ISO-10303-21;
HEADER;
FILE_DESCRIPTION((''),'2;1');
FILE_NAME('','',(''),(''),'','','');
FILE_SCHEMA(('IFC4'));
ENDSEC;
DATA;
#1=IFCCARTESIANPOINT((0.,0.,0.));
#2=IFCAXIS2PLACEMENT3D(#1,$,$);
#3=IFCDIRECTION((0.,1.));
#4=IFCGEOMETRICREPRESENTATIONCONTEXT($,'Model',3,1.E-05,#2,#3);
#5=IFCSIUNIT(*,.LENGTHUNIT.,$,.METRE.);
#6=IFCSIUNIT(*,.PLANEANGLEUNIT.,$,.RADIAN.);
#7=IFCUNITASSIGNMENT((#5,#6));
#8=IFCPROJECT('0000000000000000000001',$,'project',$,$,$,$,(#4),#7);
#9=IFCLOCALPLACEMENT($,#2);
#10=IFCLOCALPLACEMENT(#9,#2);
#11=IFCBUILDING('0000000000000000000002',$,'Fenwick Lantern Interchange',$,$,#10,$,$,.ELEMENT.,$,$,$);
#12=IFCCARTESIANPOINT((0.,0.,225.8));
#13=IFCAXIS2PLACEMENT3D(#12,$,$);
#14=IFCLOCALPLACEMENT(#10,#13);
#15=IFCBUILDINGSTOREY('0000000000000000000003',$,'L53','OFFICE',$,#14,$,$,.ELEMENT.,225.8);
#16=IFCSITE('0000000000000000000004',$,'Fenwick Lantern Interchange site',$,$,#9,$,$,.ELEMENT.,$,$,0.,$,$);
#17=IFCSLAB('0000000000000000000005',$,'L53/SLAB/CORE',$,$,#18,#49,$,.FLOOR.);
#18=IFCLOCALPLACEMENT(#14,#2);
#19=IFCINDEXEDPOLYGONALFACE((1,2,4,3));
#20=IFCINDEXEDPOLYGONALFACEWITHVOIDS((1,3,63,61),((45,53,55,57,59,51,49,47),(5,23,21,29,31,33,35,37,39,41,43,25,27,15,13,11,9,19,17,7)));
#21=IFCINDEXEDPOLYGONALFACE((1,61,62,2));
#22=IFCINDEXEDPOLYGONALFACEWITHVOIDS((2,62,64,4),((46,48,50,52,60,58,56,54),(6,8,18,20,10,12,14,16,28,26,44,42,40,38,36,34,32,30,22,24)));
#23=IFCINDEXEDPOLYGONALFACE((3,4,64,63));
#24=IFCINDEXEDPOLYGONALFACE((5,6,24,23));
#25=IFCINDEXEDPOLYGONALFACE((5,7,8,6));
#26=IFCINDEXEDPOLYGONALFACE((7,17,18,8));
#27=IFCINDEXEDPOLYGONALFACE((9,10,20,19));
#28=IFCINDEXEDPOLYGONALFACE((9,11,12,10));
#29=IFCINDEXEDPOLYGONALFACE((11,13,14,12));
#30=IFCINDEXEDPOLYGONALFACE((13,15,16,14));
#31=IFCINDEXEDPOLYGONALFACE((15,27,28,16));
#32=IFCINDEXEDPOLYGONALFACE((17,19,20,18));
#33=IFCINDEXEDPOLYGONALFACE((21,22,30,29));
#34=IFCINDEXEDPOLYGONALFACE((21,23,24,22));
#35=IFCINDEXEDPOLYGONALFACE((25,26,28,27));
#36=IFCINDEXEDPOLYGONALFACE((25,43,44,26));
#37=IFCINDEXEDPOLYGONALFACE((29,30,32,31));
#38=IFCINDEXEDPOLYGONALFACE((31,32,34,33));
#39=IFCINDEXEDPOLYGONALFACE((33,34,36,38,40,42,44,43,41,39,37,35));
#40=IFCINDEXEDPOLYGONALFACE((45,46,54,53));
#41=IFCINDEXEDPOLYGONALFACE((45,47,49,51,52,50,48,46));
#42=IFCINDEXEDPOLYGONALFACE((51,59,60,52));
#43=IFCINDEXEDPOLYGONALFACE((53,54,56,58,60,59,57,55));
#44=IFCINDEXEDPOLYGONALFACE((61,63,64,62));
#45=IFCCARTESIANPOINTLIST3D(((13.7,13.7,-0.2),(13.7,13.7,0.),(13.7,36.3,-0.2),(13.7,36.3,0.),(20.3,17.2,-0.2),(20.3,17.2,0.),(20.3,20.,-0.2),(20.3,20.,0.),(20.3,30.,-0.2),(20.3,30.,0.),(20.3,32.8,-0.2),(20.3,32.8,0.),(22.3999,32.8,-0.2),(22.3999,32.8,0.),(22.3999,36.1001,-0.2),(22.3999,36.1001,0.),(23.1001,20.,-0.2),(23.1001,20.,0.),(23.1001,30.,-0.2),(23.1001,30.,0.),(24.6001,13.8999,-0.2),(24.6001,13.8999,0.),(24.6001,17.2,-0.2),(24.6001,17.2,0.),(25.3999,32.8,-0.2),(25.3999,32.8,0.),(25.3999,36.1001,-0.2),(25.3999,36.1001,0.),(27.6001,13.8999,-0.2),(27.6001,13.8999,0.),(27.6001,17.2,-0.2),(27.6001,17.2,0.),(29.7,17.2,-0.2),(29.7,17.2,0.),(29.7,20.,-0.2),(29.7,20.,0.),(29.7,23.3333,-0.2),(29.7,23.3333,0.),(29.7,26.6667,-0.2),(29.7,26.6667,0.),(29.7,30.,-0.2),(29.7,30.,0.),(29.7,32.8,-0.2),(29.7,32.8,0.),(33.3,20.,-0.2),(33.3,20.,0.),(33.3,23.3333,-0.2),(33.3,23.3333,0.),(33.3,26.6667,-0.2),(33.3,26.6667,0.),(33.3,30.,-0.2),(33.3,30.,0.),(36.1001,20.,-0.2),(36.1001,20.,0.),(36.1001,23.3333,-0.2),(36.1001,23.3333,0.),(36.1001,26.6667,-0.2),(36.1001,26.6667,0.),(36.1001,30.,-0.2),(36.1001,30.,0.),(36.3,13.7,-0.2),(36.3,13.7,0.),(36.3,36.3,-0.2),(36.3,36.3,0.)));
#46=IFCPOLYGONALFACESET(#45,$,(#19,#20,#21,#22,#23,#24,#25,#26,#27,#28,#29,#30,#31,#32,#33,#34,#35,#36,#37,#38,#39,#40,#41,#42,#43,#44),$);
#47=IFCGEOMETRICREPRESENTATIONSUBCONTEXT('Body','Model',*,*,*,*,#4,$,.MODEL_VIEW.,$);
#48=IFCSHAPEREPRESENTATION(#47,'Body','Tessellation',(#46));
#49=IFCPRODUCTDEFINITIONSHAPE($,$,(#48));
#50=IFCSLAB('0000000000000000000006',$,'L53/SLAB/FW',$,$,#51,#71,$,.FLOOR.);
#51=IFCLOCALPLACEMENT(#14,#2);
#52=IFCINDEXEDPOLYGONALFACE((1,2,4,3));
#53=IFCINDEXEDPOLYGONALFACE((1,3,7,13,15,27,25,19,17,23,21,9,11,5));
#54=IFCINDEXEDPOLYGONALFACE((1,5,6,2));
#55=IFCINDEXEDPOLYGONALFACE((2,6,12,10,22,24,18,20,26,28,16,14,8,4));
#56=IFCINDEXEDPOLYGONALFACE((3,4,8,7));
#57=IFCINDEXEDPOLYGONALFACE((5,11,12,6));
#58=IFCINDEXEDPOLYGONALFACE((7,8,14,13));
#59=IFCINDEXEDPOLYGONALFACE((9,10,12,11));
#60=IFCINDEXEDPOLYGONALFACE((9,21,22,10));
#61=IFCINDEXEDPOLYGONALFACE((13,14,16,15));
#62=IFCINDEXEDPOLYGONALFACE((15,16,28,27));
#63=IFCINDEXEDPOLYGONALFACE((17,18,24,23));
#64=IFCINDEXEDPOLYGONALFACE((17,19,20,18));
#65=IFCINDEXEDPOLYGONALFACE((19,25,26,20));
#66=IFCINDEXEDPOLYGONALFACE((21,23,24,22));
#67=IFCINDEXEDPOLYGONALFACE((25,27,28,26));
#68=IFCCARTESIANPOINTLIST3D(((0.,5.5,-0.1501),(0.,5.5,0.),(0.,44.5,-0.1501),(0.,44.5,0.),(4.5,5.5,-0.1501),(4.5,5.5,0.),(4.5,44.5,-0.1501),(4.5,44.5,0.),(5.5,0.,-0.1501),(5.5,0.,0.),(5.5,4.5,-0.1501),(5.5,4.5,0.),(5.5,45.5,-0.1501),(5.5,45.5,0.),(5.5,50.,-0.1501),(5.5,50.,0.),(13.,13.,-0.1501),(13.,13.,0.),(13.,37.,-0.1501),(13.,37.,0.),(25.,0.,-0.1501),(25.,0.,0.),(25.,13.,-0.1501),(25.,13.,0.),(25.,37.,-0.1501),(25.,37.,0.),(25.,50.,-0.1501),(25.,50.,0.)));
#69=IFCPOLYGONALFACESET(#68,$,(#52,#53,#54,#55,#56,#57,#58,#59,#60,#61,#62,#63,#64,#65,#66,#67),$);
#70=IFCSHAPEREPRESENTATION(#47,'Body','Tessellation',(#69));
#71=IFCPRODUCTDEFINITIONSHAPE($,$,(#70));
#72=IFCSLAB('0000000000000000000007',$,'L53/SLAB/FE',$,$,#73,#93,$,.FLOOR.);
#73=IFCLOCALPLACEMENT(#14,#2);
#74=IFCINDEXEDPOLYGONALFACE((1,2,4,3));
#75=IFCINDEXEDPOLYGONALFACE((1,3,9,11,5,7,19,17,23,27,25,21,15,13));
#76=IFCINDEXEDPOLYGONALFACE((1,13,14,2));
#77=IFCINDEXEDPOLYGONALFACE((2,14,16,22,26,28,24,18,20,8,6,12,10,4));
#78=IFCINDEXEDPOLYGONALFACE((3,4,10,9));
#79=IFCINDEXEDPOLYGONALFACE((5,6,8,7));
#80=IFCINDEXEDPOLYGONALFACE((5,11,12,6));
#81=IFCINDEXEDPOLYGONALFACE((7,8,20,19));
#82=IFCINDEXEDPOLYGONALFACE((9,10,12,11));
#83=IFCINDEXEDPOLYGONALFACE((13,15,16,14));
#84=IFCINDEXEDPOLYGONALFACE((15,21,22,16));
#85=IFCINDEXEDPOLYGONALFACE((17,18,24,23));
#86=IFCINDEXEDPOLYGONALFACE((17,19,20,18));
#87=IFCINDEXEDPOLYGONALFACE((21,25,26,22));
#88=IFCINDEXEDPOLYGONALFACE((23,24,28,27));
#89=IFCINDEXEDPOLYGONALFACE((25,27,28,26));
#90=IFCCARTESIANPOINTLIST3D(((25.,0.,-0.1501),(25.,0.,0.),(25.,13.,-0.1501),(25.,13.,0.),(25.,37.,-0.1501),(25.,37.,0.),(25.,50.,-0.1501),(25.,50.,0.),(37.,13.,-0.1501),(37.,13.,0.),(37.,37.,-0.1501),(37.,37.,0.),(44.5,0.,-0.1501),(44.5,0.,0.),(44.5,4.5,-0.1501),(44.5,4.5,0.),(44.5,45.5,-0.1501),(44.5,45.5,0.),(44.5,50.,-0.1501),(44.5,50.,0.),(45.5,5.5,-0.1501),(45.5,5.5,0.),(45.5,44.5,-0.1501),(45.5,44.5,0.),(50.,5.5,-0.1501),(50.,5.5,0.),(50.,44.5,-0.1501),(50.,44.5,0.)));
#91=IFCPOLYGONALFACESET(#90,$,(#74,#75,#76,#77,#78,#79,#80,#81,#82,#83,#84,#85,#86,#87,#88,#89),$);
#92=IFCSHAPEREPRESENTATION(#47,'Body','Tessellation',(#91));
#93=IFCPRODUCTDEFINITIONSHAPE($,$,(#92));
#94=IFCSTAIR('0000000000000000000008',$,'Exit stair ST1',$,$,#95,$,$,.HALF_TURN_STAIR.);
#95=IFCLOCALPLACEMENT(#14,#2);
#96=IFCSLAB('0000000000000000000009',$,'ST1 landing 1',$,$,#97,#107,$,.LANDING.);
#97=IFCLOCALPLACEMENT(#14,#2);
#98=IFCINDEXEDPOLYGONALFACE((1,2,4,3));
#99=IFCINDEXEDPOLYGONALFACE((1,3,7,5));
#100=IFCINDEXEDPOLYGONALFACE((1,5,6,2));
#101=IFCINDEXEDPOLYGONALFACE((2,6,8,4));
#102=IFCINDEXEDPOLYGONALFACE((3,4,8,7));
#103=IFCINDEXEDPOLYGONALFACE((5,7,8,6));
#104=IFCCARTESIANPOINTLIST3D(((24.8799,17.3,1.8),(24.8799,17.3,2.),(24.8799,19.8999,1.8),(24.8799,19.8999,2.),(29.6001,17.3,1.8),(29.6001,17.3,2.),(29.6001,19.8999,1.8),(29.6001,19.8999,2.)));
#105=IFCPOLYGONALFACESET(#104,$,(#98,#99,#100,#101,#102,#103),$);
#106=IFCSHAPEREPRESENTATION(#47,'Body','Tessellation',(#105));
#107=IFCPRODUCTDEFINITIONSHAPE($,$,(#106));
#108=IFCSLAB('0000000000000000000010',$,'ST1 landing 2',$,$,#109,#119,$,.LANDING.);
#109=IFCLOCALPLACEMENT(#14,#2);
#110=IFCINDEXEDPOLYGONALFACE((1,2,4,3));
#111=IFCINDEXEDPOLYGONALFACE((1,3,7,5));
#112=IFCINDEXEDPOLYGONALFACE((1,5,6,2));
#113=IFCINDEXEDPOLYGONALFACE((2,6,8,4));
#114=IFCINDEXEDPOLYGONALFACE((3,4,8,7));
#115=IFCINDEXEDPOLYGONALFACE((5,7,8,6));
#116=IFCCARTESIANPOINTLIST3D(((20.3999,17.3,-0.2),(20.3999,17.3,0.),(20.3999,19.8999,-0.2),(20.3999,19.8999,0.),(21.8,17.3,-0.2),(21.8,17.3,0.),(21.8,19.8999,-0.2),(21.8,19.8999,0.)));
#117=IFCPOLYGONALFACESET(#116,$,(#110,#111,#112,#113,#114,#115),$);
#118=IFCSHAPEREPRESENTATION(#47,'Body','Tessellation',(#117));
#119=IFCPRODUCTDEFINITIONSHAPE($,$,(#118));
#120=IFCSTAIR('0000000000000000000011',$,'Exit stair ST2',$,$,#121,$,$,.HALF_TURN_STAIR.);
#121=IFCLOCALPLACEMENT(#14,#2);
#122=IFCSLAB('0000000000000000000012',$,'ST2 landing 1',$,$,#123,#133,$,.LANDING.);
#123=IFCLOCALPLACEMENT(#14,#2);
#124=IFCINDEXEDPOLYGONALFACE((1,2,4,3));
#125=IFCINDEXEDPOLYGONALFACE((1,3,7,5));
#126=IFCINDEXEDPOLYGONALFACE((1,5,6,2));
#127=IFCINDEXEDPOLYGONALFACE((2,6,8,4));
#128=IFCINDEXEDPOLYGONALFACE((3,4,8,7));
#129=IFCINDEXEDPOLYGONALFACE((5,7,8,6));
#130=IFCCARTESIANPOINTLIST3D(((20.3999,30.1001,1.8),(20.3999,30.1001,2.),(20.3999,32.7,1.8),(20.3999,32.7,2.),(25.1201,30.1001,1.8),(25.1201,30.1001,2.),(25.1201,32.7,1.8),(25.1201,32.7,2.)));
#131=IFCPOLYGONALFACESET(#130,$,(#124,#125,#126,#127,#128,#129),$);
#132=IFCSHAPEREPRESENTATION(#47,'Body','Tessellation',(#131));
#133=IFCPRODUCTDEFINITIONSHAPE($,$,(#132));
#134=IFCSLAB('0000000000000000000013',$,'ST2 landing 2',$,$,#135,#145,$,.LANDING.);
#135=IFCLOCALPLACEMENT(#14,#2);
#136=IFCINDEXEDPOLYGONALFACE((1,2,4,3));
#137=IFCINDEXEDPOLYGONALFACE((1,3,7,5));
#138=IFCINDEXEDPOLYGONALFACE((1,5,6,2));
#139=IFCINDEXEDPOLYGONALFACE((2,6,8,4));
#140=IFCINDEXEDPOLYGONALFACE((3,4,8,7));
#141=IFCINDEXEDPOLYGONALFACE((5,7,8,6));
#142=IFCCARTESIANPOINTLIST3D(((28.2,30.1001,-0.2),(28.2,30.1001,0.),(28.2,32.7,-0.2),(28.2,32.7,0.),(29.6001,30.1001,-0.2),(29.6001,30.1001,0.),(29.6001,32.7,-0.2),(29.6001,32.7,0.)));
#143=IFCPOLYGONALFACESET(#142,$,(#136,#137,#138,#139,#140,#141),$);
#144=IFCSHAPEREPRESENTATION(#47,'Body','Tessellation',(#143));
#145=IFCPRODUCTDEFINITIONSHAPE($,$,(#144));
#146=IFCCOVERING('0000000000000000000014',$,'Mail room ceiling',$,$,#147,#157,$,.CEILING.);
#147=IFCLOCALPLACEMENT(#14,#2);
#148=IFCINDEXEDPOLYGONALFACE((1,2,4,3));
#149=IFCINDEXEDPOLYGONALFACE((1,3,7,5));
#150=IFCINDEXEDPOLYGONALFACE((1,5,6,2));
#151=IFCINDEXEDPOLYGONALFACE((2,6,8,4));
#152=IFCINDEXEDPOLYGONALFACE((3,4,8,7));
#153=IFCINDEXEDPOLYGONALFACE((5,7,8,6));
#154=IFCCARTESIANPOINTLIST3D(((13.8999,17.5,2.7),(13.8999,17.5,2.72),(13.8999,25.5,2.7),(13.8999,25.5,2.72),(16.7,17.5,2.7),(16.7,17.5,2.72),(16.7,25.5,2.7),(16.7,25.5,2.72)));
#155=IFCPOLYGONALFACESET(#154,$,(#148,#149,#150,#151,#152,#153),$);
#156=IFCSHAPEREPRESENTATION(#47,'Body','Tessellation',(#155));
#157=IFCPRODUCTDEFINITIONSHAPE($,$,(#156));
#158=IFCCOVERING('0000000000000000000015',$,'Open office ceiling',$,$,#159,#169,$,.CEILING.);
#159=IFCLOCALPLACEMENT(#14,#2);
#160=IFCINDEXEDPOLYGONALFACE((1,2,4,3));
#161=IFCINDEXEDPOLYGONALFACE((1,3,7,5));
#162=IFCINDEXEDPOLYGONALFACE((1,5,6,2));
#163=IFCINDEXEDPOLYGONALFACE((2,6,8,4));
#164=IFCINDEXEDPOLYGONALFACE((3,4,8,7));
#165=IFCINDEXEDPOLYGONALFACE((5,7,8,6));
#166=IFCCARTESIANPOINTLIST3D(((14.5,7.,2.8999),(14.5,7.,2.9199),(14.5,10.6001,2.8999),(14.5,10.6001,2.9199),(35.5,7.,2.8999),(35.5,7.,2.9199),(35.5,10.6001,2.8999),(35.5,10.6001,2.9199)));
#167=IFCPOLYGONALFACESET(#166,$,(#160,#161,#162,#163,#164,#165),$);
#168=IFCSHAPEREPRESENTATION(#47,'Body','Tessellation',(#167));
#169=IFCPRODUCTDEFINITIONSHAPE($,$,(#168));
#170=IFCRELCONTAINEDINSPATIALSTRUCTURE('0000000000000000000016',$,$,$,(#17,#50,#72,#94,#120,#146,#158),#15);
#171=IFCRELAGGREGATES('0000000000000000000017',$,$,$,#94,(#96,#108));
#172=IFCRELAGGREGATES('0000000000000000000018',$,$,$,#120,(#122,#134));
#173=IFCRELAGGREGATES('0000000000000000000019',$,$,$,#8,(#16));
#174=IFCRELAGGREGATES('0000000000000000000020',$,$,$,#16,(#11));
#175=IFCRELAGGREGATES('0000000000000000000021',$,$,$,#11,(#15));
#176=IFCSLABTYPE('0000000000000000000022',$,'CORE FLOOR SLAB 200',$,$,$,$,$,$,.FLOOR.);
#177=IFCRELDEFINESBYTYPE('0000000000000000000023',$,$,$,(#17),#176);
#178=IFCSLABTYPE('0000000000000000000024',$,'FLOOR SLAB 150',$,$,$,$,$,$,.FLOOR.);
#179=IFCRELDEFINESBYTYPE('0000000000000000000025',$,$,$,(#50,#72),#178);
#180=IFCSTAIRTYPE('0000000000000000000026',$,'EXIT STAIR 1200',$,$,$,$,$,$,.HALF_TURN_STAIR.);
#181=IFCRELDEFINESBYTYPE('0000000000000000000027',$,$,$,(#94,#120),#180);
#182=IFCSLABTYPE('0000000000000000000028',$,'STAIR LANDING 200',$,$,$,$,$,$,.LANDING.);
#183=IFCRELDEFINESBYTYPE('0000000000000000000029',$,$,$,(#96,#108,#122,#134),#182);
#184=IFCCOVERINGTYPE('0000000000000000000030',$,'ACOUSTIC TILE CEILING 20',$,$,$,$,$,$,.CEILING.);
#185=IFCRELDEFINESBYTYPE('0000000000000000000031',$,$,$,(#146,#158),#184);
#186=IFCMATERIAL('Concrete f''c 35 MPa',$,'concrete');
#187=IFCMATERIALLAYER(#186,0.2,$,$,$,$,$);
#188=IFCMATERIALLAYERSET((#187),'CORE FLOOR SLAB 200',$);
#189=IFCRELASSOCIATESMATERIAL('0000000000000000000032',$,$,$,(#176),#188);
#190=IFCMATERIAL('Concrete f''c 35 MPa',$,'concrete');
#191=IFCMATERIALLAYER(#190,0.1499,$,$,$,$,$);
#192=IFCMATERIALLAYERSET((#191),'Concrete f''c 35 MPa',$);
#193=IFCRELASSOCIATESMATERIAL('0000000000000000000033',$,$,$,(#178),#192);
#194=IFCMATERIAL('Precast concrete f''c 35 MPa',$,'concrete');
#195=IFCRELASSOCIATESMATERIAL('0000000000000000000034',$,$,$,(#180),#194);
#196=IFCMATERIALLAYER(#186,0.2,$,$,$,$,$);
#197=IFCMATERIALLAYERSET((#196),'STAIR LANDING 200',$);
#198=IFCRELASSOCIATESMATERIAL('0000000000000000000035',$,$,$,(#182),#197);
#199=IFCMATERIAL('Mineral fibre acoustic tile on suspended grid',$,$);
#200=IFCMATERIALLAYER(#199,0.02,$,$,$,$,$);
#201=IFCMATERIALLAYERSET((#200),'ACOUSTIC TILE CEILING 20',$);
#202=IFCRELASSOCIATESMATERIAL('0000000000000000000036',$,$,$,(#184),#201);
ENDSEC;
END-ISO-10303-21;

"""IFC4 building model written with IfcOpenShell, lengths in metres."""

from ifc_helpers import new_model, si_unit, direction, frame, origin, place, context, subcontext, project, spatial, polyline, outline, extrude, material, layer, layer_set, type_object, element, aggregate, save


model = new_model("IFC4")

# Units and contexts
model_context = context("Model", 3, precision=1e-05, world=origin(), true_north=direction((0.0, 1.0)))
body_context = subcontext(model_context, "Body", "Model", "MODEL_VIEW")
ifc_project = project(units=[si_unit("LENGTHUNIT", "METRE"), si_unit("PLANEANGLEUNIT", "RADIAN")], contexts=[model_context])

# Site, building, storey
site_placement = place(None, origin())
site = spatial("IfcSite", under=ifc_project, at=site_placement, Name="Fenwick Lantern Interchange site", CompositionType="ELEMENT", RefElevation=0.0)
building_placement = place(site_placement, origin())
building = spatial("IfcBuilding", under=site, at=building_placement, Name="Fenwick Lantern Interchange", CompositionType="ELEMENT")
storey_placement = place(building_placement, frame((0.0, 0.0, 225.8)))
storey = spatial("IfcBuildingStorey", under=building, at=storey_placement, Name="L53", Description="OFFICE", CompositionType="ELEMENT", Elevation=225.8)

# Slabs
ifc_material_1 = material(Name="Concrete f'c 35 MPa", Category="concrete")
ifc_layer_1 = layer(ifc_material_1, 0.2)
ifc_layer_set_1 = layer_set([ifc_layer_1], Name="CORE FLOOR SLAB 200")
slab_type_1 = type_object("IfcSlabType", Name="CORE FLOOR SLAB 200", PredefinedType="FLOOR", material=ifc_layer_set_1)
slab_1_placement = place(storey_placement, frame((0.0, 0.0, -0.2)))
element("IfcSlab", 1, at=slab_1_placement, inside=storey, type_object=slab_type_1, Name="L53/SLAB/CORE", PredefinedType="FLOOR", context=body_context, shape_type="SweptSolid", body=[
    extrude(outline(polyline([(13.7, 36.3), (36.3, 36.3), (36.3, 13.7), (13.7, 13.7), (13.7, 36.3)]), holes=[polyline([(24.6001, 13.8999), (27.6001, 13.8999), (27.6001, 17.2), (29.7, 17.2), (29.7, 20.0), (29.7, 23.3333), (29.7, 26.6667), (29.7, 30.0), (29.7, 32.8), (25.3999, 32.8), (25.3999, 36.1001), (22.3999, 36.1001), (22.3999, 32.8), (20.3, 32.8), (20.3, 30.0), (23.1001, 30.0), (23.1001, 20.0), (20.3, 20.0), (20.3, 17.2), (24.6001, 17.2), (24.6001, 13.8999)]), polyline([(33.3, 23.3333), (33.3, 20.0), (36.1001, 20.0), (36.1001, 23.3333), (36.1001, 26.6667), (36.1001, 30.0), (33.3, 30.0), (33.3, 26.6667), (33.3, 23.3333)])]), origin(), (0.0, 0.0, 1.0), 0.2),
])
ifc_material_2 = material(Name="Concrete f'c 35 MPa", Category="concrete")
ifc_layer_2 = layer(ifc_material_2, 0.1499)
ifc_layer_set_2 = layer_set([ifc_layer_2], Name="Concrete f'c 35 MPa")
slab_type_2 = type_object("IfcSlabType", Name="FLOOR SLAB 150", PredefinedType="FLOOR", material=ifc_layer_set_2)
slab_2_placement = place(storey_placement, frame((0.0, 0.0, -0.1501)))
element("IfcSlab", 2, at=slab_2_placement, inside=storey, type_object=slab_type_2, Name="L53/SLAB/FW", PredefinedType="FLOOR", context=body_context, shape_type="SweptSolid", body=[
    extrude(outline(polyline([(5.5, 0.0), (5.5, 4.5), (4.5, 5.5), (0.0, 5.5), (0.0, 44.5), (4.5, 44.5), (5.5, 45.5), (5.5, 50.0), (25.0, 50.0), (25.0, 37.0), (13.0, 37.0), (13.0, 13.0), (25.0, 13.0), (25.0, 0.0), (5.5, 0.0)])), origin(), (0.0, 0.0, 1.0), 0.1501),
])
slab_3_placement = place(storey_placement, frame((0.0, 0.0, -0.1501)))
element("IfcSlab", 3, at=slab_3_placement, inside=storey, type_object=slab_type_2, Name="L53/SLAB/FE", PredefinedType="FLOOR", context=body_context, shape_type="SweptSolid", body=[
    extrude(outline(polyline([(44.5, 50.0), (44.5, 45.5), (45.5, 44.5), (50.0, 44.5), (50.0, 5.5), (45.5, 5.5), (44.5, 4.5), (44.5, 0.0), (25.0, 0.0), (25.0, 13.0), (37.0, 13.0), (37.0, 37.0), (25.0, 37.0), (25.0, 50.0), (44.5, 50.0)])), origin(), (0.0, 0.0, 1.0), 0.1501),
])

# Stairs, slabs
ifc_material_3 = material(Name="Precast concrete f'c 35 MPa", Category="concrete")
stair_type = type_object("IfcStairType", Name="EXIT STAIR 1200", PredefinedType="HALF_TURN_STAIR", material=ifc_material_3)
stair_1_placement = place(storey_placement, origin())
stair_1 = element("IfcStair", 4, at=stair_1_placement, inside=storey, type_object=stair_type, Name="Exit stair ST1", PredefinedType="HALF_TURN_STAIR")
ifc_layer_3 = layer(ifc_material_1, 0.2)
ifc_layer_set_3 = layer_set([ifc_layer_3], Name="STAIR LANDING 200")
slab_type_3 = type_object("IfcSlabType", Name="STAIR LANDING 200", PredefinedType="LANDING", material=ifc_layer_set_3)
slab_4_placement = place(storey_placement, frame((0.0, 0.0, 1.8)))
slab_4 = element("IfcSlab", 5, at=slab_4_placement, type_object=slab_type_3, Name="ST1 landing 1", PredefinedType="LANDING", context=body_context, shape_type="SweptSolid", body=[
    extrude(outline(polyline([(24.8799, 17.3), (29.6001, 17.3), (29.6001, 19.8999), (24.8799, 19.8999), (24.8799, 17.3)])), origin(), (0.0, 0.0, 1.0), 0.2),
])
slab_5_placement = place(storey_placement, frame((0.0, 0.0, -0.2)))
slab_5 = element("IfcSlab", 6, at=slab_5_placement, type_object=slab_type_3, Name="ST1 landing 2", PredefinedType="LANDING", context=body_context, shape_type="SweptSolid", body=[
    extrude(outline(polyline([(20.3999, 17.3), (21.8, 17.3), (21.8, 19.8999), (20.3999, 19.8999), (20.3999, 17.3)])), origin(), (0.0, 0.0, 1.0), 0.2),
])
aggregate(stair_1, [slab_4, slab_5])
stair_2_placement = place(storey_placement, origin())
stair_2 = element("IfcStair", 7, at=stair_2_placement, inside=storey, type_object=stair_type, Name="Exit stair ST2", PredefinedType="HALF_TURN_STAIR")
slab_6_placement = place(storey_placement, frame((0.0, 0.0, 1.8)))
slab_6 = element("IfcSlab", 8, at=slab_6_placement, type_object=slab_type_3, Name="ST2 landing 1", PredefinedType="LANDING", context=body_context, shape_type="SweptSolid", body=[
    extrude(outline(polyline([(25.1201, 32.7), (20.3999, 32.7), (20.3999, 30.1001), (25.1201, 30.1001), (25.1201, 32.7)])), origin(), (0.0, 0.0, 1.0), 0.2),
])
slab_7_placement = place(storey_placement, frame((0.0, 0.0, -0.2)))
slab_7 = element("IfcSlab", 9, at=slab_7_placement, type_object=slab_type_3, Name="ST2 landing 2", PredefinedType="LANDING", context=body_context, shape_type="SweptSolid", body=[
    extrude(outline(polyline([(29.6001, 32.7), (28.2, 32.7), (28.2, 30.1001), (29.6001, 30.1001), (29.6001, 32.7)])), origin(), (0.0, 0.0, 1.0), 0.2),
])
aggregate(stair_2, [slab_6, slab_7])

# Coverings
ifc_material_4 = material(Name="Mineral fibre acoustic tile on suspended grid")
ifc_layer_4 = layer(ifc_material_4, 0.02)
ifc_layer_set_4 = layer_set([ifc_layer_4], Name="ACOUSTIC TILE CEILING 20")
covering_type_1 = type_object("IfcCoveringType", Name="ACOUSTIC TILE CEILING 20", PredefinedType="CEILING", material=ifc_layer_set_4)
covering_1_placement = place(storey_placement, frame((0.0, 0.0, 2.7)))
element("IfcCovering", 10, at=covering_1_placement, inside=storey, type_object=covering_type_1, Name="Mail room ceiling", PredefinedType="CEILING", context=body_context, shape_type="SweptSolid", body=[
    extrude(outline(polyline([(13.8999, 17.5), (16.7, 17.5), (16.7, 25.5), (13.8999, 25.5), (13.8999, 17.5)])), origin(), (0.0, 0.0, 1.0), 0.02),
])
covering_2_placement = place(storey_placement, frame((0.0, 0.0, 2.8999)))
element("IfcCovering", 11, at=covering_2_placement, inside=storey, type_object=covering_type_1, Name="Open office ceiling", PredefinedType="CEILING", context=body_context, shape_type="SweptSolid", body=[
    extrude(outline(polyline([(14.5, 10.6001), (14.5, 7.0), (35.5, 7.0), (35.5, 10.6001), (14.5, 10.6001)])), origin(), (0.0, 0.0, 1.0), 0.02),
])

save(model, "model.ifc")
